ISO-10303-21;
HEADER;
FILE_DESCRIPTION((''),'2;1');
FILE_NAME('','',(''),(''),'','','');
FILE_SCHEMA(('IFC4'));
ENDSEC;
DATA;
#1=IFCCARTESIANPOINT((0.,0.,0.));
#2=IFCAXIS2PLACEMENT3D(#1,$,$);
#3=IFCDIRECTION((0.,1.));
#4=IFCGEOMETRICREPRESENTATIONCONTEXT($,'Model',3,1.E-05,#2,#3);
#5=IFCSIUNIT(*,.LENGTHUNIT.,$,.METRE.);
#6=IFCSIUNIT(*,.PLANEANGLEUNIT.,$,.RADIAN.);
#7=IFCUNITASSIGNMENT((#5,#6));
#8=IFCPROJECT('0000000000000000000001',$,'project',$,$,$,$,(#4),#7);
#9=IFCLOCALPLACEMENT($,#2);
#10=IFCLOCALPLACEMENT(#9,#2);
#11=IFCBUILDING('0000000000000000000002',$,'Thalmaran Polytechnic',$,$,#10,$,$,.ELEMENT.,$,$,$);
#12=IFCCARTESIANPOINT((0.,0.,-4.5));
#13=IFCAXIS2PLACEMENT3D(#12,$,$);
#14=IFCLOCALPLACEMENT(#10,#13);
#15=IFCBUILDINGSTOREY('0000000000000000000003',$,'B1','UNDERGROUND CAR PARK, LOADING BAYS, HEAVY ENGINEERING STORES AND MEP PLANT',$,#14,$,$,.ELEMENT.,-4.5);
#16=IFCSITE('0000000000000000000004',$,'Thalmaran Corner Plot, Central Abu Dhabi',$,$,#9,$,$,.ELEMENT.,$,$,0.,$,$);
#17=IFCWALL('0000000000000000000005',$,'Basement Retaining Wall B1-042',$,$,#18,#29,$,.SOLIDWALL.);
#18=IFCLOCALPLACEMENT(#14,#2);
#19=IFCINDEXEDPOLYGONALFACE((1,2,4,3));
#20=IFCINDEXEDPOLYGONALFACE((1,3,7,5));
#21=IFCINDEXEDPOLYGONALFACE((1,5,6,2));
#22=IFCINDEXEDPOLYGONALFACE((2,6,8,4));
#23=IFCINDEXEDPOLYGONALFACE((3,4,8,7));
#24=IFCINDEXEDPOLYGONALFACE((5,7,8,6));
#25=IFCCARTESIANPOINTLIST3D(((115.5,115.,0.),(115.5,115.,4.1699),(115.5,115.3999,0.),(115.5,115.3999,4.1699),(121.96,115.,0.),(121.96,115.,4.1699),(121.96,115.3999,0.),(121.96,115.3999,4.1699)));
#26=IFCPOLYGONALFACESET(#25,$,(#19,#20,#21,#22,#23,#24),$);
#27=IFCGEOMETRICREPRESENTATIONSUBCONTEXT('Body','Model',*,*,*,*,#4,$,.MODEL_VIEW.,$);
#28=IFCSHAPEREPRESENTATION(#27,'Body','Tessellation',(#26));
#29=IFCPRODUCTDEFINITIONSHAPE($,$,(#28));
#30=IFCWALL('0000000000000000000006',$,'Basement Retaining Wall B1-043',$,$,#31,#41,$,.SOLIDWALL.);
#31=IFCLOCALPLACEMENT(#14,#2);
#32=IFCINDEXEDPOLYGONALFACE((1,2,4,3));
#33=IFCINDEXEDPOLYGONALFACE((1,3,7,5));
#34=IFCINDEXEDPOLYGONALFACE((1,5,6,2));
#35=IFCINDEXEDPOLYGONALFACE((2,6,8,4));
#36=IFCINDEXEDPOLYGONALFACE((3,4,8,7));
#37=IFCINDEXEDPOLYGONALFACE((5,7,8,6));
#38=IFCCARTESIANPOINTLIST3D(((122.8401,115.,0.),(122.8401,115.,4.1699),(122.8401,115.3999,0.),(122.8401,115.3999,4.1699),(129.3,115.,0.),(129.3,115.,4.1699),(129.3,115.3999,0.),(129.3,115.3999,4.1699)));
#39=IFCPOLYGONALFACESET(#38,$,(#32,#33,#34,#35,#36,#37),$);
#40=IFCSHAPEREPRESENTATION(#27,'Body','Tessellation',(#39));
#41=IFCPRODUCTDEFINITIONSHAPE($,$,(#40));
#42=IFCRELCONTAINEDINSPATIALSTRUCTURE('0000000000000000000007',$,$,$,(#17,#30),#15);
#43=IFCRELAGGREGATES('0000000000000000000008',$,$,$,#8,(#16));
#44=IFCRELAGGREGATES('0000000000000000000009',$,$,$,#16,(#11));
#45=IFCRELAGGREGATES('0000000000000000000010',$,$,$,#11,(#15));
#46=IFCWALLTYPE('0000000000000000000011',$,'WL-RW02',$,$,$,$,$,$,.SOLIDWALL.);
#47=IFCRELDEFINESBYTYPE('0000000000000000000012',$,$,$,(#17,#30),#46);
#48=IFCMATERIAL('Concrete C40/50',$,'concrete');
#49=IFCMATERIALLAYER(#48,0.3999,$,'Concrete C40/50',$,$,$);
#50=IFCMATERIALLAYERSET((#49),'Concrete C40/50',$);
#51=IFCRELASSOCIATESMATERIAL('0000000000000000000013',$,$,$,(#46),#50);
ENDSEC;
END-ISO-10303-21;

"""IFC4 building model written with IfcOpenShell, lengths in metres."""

from ifc_helpers import new_model, si_unit, direction, frame, frame_2d, origin, place, context, subcontext, project, spatial, rectangle, extrude, material, layer, layer_set, type_object, element, save


model = new_model("IFC4")

# Units and contexts
model_context = context("Model", 3, precision=1e-05, world=origin(), true_north=direction((0.0, 1.0)))
body_context = subcontext(model_context, "Body", "Model", "MODEL_VIEW")
ifc_project = project(units=[si_unit("LENGTHUNIT", "METRE"), si_unit("PLANEANGLEUNIT", "RADIAN")], contexts=[model_context])

# Site, building, storey
site_placement = place(None, origin())
site = spatial("IfcSite", under=ifc_project, at=site_placement, Name="Thalmaran Corner Plot, Central Abu Dhabi", CompositionType="ELEMENT", RefElevation=0.0)
building_placement = place(site_placement, origin())
building = spatial("IfcBuilding", under=site, at=building_placement, Name="Thalmaran Polytechnic", CompositionType="ELEMENT")
storey_placement = place(building_placement, frame((0.0, 0.0, -4.5)))
storey = spatial("IfcBuildingStorey", under=building, at=storey_placement, Name="B1", Description="UNDERGROUND CAR PARK, LOADING BAYS, HEAVY ENGINEERING STORES AND MEP PLANT", CompositionType="ELEMENT", Elevation=-4.5)

# Shared definitions
ifc_material_1 = material(Name="Concrete C40/50", Category="concrete")

# Walls
ifc_layer = layer(ifc_material_1, 0.3999, Name="Concrete C40/50")
ifc_layer_set = layer_set([ifc_layer], Name="Concrete C40/50")
wall_type = type_object("IfcWallType", Name="WL-RW02", PredefinedType="SOLIDWALL", material=ifc_layer_set)
for number, where, z_axis, x_axis, name in (
    (1, (115.5, 115.2, 0.0), (0.0, 0.0, 1.0), (1.0, 0.0, 0.0), "Basement Retaining Wall B1-042"),
    (2, (122.8401, 115.2, 0.0), (0.0, 0.0, 1.0), (1.0, 0.0, 0.0), "Basement Retaining Wall B1-043"),
):
    element("IfcWall", number, at=place(storey_placement, frame(where, z_axis=z_axis, x_axis=x_axis)), inside=storey, type_object=wall_type, Name=name, PredefinedType="SOLIDWALL", context=body_context, shape_type="SweptSolid", body=[
        extrude(rectangle(XDim=6.46, YDim=0.3999, at=frame_2d((3.23, 0.0))), origin(), (0.0, 0.0, 1.0), 4.1699),
    ])

save(model, "model.ifc")
